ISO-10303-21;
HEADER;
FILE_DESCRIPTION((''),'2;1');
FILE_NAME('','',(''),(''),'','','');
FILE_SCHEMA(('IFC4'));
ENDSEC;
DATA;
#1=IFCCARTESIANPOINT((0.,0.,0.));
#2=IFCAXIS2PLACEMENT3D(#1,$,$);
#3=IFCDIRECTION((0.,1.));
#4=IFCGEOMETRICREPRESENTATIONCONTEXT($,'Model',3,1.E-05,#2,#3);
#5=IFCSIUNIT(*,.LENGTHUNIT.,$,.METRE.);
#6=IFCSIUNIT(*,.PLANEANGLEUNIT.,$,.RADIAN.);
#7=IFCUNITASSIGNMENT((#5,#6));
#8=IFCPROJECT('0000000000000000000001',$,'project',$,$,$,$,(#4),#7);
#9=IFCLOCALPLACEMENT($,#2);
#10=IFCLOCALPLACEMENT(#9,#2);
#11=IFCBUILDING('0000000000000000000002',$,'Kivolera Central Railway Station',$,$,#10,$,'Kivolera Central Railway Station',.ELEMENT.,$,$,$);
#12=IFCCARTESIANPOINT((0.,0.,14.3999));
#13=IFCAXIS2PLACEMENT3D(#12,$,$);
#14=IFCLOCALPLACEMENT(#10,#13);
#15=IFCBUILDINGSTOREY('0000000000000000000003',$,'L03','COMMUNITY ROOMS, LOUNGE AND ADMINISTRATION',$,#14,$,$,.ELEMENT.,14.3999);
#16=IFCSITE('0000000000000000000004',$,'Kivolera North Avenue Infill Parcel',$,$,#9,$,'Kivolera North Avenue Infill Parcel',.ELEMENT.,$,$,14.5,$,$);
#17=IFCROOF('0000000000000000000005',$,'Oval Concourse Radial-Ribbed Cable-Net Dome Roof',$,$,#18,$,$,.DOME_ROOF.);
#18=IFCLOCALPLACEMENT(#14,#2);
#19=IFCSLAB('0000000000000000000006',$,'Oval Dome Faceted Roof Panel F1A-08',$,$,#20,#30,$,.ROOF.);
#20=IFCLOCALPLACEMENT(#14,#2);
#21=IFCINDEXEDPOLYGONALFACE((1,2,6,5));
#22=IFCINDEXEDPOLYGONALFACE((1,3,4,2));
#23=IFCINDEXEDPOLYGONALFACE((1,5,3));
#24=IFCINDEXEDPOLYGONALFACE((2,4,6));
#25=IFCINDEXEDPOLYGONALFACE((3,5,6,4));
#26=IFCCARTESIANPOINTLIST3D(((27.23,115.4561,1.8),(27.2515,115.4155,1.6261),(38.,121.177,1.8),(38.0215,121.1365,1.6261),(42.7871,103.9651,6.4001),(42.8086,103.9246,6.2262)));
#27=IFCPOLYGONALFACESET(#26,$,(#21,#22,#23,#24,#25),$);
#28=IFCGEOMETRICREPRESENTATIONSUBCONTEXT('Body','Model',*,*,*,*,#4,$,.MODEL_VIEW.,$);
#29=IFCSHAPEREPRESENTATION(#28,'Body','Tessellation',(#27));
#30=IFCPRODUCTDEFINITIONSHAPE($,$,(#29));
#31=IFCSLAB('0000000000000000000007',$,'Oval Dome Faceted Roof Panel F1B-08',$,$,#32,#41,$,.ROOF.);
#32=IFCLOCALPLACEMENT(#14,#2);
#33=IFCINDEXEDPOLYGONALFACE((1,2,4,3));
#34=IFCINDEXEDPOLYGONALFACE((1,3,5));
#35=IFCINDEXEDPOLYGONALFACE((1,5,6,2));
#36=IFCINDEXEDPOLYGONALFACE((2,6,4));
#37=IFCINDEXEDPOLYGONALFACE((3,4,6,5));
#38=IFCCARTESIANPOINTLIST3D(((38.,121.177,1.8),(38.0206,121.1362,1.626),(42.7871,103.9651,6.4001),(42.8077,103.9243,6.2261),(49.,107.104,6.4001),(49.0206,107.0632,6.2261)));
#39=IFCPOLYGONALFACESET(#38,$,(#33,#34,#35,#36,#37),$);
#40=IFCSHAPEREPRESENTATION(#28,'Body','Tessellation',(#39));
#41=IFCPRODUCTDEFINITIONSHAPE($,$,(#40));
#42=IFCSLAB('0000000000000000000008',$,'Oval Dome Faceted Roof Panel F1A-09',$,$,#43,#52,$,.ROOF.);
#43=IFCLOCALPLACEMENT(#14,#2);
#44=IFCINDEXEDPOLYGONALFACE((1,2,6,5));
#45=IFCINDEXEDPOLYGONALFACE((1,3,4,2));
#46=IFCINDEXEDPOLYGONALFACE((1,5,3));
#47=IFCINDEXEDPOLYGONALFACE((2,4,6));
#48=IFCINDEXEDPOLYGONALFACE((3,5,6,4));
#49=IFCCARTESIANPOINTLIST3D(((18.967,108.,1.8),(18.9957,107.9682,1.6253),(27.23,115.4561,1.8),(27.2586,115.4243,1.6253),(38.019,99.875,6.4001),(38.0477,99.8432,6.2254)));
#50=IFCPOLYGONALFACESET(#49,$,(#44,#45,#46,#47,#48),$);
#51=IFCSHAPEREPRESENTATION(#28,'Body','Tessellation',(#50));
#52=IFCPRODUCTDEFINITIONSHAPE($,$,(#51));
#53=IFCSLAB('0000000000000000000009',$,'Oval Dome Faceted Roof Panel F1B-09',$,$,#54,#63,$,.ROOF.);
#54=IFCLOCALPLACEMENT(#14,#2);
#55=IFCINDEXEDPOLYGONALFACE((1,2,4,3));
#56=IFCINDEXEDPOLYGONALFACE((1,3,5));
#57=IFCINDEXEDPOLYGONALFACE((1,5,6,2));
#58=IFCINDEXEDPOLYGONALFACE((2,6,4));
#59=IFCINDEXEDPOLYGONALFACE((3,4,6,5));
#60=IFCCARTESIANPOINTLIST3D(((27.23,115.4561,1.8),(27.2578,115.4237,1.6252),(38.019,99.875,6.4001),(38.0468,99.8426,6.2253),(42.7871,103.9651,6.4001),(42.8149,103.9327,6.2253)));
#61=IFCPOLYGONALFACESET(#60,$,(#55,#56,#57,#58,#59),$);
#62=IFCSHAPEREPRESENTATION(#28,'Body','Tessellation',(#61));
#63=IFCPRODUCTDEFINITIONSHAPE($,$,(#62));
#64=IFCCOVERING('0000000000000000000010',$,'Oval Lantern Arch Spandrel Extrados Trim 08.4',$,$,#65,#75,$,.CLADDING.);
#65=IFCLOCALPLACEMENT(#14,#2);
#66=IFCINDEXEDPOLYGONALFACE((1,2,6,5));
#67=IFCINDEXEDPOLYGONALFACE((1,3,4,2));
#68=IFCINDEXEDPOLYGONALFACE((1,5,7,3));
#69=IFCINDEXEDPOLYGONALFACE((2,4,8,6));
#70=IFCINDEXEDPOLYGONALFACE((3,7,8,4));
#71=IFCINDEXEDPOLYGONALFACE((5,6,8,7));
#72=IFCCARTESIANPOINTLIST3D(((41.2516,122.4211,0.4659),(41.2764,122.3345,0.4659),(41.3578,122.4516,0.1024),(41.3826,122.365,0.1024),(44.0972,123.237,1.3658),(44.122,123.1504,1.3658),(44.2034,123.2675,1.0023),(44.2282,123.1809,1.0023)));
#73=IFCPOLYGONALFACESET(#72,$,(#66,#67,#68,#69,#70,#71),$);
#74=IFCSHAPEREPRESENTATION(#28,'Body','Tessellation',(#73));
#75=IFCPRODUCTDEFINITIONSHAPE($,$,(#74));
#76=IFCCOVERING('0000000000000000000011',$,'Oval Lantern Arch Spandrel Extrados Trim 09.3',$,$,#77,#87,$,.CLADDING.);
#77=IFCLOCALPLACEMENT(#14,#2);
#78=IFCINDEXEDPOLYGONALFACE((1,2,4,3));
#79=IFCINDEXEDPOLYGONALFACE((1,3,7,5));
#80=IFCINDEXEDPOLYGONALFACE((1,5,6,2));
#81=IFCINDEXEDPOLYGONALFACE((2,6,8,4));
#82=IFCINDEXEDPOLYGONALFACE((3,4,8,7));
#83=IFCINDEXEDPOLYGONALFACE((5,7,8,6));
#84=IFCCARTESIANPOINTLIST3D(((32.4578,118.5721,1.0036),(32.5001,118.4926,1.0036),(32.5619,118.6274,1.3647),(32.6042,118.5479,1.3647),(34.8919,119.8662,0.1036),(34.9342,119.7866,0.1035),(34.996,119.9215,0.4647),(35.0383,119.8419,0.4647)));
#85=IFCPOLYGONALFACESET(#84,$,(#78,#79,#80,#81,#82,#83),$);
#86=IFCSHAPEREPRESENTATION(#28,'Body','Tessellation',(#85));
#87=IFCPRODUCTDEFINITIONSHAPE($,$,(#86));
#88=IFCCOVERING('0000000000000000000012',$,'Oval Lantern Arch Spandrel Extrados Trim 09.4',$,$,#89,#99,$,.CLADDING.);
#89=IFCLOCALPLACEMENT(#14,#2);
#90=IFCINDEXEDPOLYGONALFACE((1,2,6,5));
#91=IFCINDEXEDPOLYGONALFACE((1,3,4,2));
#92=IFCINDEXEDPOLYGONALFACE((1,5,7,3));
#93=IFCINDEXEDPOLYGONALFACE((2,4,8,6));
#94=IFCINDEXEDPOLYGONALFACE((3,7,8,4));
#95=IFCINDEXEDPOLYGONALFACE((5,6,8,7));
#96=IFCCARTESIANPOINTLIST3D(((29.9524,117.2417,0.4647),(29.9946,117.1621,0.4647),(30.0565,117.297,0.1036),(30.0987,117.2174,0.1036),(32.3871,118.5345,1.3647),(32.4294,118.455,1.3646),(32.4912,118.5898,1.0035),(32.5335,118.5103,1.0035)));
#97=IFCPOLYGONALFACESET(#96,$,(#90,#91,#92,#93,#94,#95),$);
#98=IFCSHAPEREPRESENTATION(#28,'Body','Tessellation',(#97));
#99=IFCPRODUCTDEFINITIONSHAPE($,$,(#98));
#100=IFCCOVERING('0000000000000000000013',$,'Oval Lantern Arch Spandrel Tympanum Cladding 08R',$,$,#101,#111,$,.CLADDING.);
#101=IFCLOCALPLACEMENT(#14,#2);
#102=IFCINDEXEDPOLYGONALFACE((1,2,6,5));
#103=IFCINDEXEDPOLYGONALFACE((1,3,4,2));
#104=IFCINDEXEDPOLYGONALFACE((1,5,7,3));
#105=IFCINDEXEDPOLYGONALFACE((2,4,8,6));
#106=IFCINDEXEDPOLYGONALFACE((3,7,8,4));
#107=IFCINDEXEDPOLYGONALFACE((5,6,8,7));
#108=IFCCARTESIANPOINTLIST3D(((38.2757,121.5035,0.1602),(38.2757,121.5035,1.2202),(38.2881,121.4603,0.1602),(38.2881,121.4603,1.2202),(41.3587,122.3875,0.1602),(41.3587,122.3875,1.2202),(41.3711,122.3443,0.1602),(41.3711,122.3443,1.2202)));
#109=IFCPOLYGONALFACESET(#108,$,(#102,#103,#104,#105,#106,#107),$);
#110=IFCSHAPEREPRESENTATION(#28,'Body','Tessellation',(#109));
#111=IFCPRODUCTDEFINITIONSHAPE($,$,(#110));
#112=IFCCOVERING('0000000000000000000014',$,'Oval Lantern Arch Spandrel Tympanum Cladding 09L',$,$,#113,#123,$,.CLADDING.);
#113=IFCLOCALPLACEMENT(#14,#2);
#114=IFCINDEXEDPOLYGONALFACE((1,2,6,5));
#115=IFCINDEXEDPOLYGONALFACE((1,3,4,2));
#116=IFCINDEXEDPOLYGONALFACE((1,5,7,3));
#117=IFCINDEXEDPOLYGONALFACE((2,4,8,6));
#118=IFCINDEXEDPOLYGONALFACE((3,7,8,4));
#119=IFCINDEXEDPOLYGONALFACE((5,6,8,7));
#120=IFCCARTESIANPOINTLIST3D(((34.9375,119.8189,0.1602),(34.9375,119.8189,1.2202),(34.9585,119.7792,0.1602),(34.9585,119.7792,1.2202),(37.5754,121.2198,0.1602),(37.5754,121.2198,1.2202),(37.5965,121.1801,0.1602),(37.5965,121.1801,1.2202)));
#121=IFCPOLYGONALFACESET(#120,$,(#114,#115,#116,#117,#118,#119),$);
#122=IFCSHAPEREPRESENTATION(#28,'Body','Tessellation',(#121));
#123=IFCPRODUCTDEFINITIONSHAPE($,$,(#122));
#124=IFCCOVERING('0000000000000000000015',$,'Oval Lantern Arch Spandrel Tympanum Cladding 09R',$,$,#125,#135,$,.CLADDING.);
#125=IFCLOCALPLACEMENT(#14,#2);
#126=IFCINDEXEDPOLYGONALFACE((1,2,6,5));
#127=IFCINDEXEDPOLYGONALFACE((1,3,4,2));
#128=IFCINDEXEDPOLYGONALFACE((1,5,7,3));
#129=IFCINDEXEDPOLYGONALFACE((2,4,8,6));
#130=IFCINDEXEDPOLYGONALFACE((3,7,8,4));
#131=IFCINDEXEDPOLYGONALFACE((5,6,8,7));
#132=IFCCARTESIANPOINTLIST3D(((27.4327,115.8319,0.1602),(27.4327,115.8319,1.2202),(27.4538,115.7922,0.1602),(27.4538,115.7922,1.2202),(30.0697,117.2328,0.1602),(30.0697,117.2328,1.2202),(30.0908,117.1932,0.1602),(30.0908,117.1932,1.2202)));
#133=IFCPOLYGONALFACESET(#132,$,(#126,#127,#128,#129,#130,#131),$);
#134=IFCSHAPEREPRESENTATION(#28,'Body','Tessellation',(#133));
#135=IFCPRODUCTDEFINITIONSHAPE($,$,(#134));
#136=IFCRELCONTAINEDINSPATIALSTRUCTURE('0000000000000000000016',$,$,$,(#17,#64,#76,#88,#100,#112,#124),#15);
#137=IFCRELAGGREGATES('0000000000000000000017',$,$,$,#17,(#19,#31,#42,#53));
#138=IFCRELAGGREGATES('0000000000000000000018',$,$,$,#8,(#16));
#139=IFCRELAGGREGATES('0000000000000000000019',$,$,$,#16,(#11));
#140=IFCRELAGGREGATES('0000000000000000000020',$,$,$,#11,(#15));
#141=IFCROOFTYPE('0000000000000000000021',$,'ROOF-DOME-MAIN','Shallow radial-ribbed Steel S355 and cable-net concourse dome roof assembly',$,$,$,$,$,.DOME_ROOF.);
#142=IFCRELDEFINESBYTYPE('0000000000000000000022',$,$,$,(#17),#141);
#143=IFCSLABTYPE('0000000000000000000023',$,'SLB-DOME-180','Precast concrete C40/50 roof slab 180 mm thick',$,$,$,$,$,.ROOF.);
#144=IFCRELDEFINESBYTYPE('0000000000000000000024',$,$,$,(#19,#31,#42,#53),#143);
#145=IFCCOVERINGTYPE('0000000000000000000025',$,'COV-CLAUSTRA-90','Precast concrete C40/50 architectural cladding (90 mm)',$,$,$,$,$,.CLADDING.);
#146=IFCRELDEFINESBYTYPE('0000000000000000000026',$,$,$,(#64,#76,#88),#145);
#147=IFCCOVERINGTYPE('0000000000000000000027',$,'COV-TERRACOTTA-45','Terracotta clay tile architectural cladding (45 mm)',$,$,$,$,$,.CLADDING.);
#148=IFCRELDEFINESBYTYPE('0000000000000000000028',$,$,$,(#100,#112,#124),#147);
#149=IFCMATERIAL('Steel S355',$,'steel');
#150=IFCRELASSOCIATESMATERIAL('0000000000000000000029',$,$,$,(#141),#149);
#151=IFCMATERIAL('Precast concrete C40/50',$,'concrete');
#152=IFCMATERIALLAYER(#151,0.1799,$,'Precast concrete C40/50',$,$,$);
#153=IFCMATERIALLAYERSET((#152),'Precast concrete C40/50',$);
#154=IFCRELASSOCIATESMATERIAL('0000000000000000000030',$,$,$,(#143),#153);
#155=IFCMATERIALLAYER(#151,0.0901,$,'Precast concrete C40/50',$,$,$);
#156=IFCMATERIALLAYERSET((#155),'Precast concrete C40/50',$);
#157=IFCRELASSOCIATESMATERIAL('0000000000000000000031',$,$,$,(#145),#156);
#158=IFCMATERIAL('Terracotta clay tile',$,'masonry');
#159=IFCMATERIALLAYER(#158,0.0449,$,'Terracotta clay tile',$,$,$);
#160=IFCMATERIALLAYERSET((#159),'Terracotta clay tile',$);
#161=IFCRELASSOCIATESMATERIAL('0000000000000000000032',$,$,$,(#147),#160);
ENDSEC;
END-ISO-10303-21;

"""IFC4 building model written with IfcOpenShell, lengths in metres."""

from ifc_helpers import new_model, si_unit, direction, frame, frame_2d, origin, origin_2d, place, context, subcontext, project, spatial, polyline, rectangle, outline, extrude, material, layer, layer_set, type_object, element, aggregate, save


model = new_model("IFC4")

# Units and contexts
model_context = context("Model", 3, precision=1e-05, world=origin(), true_north=direction((0.0, 1.0)))
body_context = subcontext(model_context, "Body", "Model", "MODEL_VIEW")
ifc_project = project(units=[si_unit("LENGTHUNIT", "METRE"), si_unit("PLANEANGLEUNIT", "RADIAN")], contexts=[model_context])

# Site, building, storey
site_placement = place(None, origin())
site = spatial("IfcSite", under=ifc_project, at=site_placement, Name="Kivolera North Avenue Infill Parcel", LongName="Kivolera North Avenue Infill Parcel", CompositionType="ELEMENT", RefElevation=14.5)
building_placement = place(site_placement, origin())
building = spatial("IfcBuilding", under=site, at=building_placement, Name="Kivolera Central Railway Station", LongName="Kivolera Central Railway Station", CompositionType="ELEMENT")
storey_placement = place(building_placement, frame((0.0, 0.0, 14.3999)))
storey = spatial("IfcBuildingStorey", under=building, at=storey_placement, Name="L03", Description="COMMUNITY ROOMS, LOUNGE AND ADMINISTRATION", CompositionType="ELEMENT", Elevation=14.3999)

# Shared definitions
ifc_material_1 = material(Name="Steel S355", Category="steel")

# Roof, slabs
roof_type = type_object("IfcRoofType", Name="ROOF-DOME-MAIN", Description="Shallow radial-ribbed Steel S355 and cable-net concourse dome roof assembly", PredefinedType="DOME_ROOF", material=ifc_material_1)
roof_placement = place(storey_placement, origin())
roof = element("IfcRoof", 1, at=roof_placement, inside=storey, type_object=roof_type, Name="Oval Concourse Radial-Ribbed Cable-Net Dome Roof", PredefinedType="DOME_ROOF")
ifc_material_2 = material(Name="Precast concrete C40/50", Category="concrete")
ifc_layer_1 = layer(ifc_material_2, 0.1799, Name="Precast concrete C40/50")
ifc_layer_set_1 = layer_set([ifc_layer_1], Name="Precast concrete C40/50")
slab_type = type_object("IfcSlabType", Name="SLB-DOME-180", Description="Precast concrete C40/50 roof slab 180 mm thick", PredefinedType="ROOF", material=ifc_layer_set_1)
slab_1_placement = place(storey_placement, frame((38.0, 121.177, 1.8), z_axis=(-0.119605, 0.225164, 0.966952), x_axis=(-0.883137, -0.469115, 0.0)))
slab_1 = element("IfcSlab", 2, at=slab_1_placement, type_object=slab_type, Name="Oval Dome Faceted Roof Panel F1A-08", PredefinedType="ROOF", context=body_context, shape_type="SweptSolid", body=[
    extrude(outline(polyline([(0.0, 0.0), (12.1952, 0.0), (3.8467, 18.0425), (0.0, 0.0)])), origin(), (0.0, 0.0, -1.0), 0.1799),
])
slab_2_placement = place(storey_placement, frame((38.0, 121.177, 1.8), z_axis=(-0.114511, 0.226653, 0.967221), x_axis=(0.259493, -0.932998, 0.249355)))
slab_2 = element("IfcSlab", 3, at=slab_2_placement, type_object=slab_type, Name="Oval Dome Faceted Roof Panel F1B-08", PredefinedType="ROOF", context=body_context, shape_type="SweptSolid", body=[
    extrude(outline(polyline([(0.0, 0.0), (18.448, 0.0), (17.1316, 6.8352), (0.0, 0.0)])), origin(), (0.0, 0.0, -1.0), 0.1799),
])
slab_3_placement = place(storey_placement, frame((27.23, 115.4561, 1.8), z_axis=(-0.159259, 0.176494, 0.971332), x_axis=(-0.742426, -0.669928, 0.0)))
slab_3 = element("IfcSlab", 4, at=slab_3_placement, type_object=slab_type, Name="Oval Dome Faceted Roof Panel F1A-09", PredefinedType="ROOF", context=body_context, shape_type="SweptSolid", body=[
    extrude(outline(polyline([(0.0, 0.0), (11.1296, 0.0), (2.4281, 19.3504), (0.0, 0.0)])), origin(), (0.0, 0.0, -1.0), 0.1799),
])
slab_4_placement = place(storey_placement, frame((27.23, 115.4561, 1.8), z_axis=(-0.154353, 0.179939, 0.971492), x_axis=(0.553224, -0.79894, 0.235876)))
slab_4 = element("IfcSlab", 5, at=slab_4_placement, type_object=slab_type, Name="Oval Dome Faceted Roof Panel F1B-09", PredefinedType="ROOF", context=body_context, shape_type="SweptSolid", body=[
    extrude(outline(polyline([(0.0, 0.0), (19.5022, 0.0), (18.8722, 6.2503), (0.0, 0.0)])), origin(), (0.0, 0.0, -1.0), 0.1799),
])
aggregate(roof, [slab_1, slab_2, slab_3, slab_4])

# Coverings
ifc_layer_2 = layer(ifc_material_2, 0.0901, Name="Precast concrete C40/50")
ifc_layer_set_2 = layer_set([ifc_layer_2], Name="Precast concrete C40/50")
covering_type_1 = type_object("IfcCoveringType", Name="COV-CLAUSTRA-90", Description="Precast concrete C40/50 architectural cladding (90 mm)", PredefinedType="CLADDING", material=ifc_layer_set_2)
covering_1_placement = place(storey_placement, frame((42.74, 122.801, 0.7341), z_axis=(-0.919713, -0.263699, -0.290844), x_axis=(-0.275632, 0.961263, 0.0)))
element("IfcCovering", 6, at=covering_1_placement, inside=storey, type_object=covering_type_1, Name="Oval Lantern Arch Spandrel Extrados Trim 08.4", PredefinedType="CLADDING", context=body_context, shape_type="SweptSolid", body=[
    extrude(rectangle(XDim=0.0901, YDim=0.3799, at=origin_2d()), frame((0.0, 0.0, -1.5469)), (0.0, 0.0, 1.0), 3.094),
])
for number, where, z_axis, x_axis, name in (
    (7, (33.748, 119.207, 0.7341), (-0.839371, -0.446239, 0.310367), (-0.469119, 0.883135, 0.0), "Oval Lantern Arch Spandrel Extrados Trim 09.3"),
    (8, (31.2429, 117.876, 0.7341), (-0.839602, -0.445834, -0.310325), (-0.469119, 0.883135, 0.0), "Oval Lantern Arch Spandrel Extrados Trim 09.4"),
):
    element("IfcCovering", number, at=place(storey_placement, frame(where, z_axis=z_axis, x_axis=x_axis)), inside=storey, type_object=covering_type_1, Name=name, PredefinedType="CLADDING", context=body_context, shape_type="SweptSolid", body=[
        extrude(rectangle(XDim=0.0901, YDim=0.3799, at=origin_2d()), frame((0.0, 0.0, -1.45)), (0.0, 0.0, 1.0), 2.8999),
    ])
ifc_material_3 = material(Name="Terracotta clay tile", Category="masonry")
ifc_layer_3 = layer(ifc_material_3, 0.0449, Name="Terracotta clay tile")
ifc_layer_set_3 = layer_set([ifc_layer_3], Name="Terracotta clay tile")
covering_type_2 = type_object("IfcCoveringType", Name="COV-TERRACOTTA-45", Description="Terracotta clay tile architectural cladding (45 mm)", PredefinedType="CLADDING", material=ifc_layer_set_3)
covering_2_placement = place(storey_placement, frame((38.282, 121.4819, 0.1602), z_axis=(0.0, 0.0, 1.0), x_axis=(0.961262, 0.275636, 0.0)))
element("IfcCovering", 9, at=covering_2_placement, inside=storey, type_object=covering_type_2, Name="Oval Lantern Arch Spandrel Tympanum Cladding 08R", PredefinedType="CLADDING", context=body_context, shape_type="SweptSolid", body=[
    extrude(rectangle(XDim=3.2073, YDim=0.0449, at=frame_2d((1.6035, 0.0))), origin(), (0.0, 0.0, 1.0), 1.0601),
])
covering_3_placement = place(storey_placement, frame((34.948, 119.7991, 0.1602), z_axis=(0.0, 0.0, 1.0), x_axis=(0.883189, 0.469018, 0.0)))
element("IfcCovering", 10, at=covering_3_placement, inside=storey, type_object=covering_type_2, Name="Oval Lantern Arch Spandrel Tympanum Cladding 09L", PredefinedType="CLADDING", context=body_context, shape_type="SweptSolid", body=[
    extrude(rectangle(XDim=2.9868, YDim=0.0449, at=frame_2d((1.4934, 0.0))), origin(), (0.0, 0.0, 1.0), 1.0601),
])
covering_4_placement = place(storey_placement, frame((27.4431, 115.812, 0.1602), z_axis=(0.0, 0.0, 1.0), x_axis=(0.883117, 0.469153, 0.0)))
element("IfcCovering", 11, at=covering_4_placement, inside=storey, type_object=covering_type_2, Name="Oval Lantern Arch Spandrel Tympanum Cladding 09R", PredefinedType="CLADDING", context=body_context, shape_type="SweptSolid", body=[
    extrude(rectangle(XDim=2.9861, YDim=0.0449, at=frame_2d((1.4932, 0.0))), origin(), (0.0, 0.0, 1.0), 1.0601),
])

save(model, "model.ifc")
